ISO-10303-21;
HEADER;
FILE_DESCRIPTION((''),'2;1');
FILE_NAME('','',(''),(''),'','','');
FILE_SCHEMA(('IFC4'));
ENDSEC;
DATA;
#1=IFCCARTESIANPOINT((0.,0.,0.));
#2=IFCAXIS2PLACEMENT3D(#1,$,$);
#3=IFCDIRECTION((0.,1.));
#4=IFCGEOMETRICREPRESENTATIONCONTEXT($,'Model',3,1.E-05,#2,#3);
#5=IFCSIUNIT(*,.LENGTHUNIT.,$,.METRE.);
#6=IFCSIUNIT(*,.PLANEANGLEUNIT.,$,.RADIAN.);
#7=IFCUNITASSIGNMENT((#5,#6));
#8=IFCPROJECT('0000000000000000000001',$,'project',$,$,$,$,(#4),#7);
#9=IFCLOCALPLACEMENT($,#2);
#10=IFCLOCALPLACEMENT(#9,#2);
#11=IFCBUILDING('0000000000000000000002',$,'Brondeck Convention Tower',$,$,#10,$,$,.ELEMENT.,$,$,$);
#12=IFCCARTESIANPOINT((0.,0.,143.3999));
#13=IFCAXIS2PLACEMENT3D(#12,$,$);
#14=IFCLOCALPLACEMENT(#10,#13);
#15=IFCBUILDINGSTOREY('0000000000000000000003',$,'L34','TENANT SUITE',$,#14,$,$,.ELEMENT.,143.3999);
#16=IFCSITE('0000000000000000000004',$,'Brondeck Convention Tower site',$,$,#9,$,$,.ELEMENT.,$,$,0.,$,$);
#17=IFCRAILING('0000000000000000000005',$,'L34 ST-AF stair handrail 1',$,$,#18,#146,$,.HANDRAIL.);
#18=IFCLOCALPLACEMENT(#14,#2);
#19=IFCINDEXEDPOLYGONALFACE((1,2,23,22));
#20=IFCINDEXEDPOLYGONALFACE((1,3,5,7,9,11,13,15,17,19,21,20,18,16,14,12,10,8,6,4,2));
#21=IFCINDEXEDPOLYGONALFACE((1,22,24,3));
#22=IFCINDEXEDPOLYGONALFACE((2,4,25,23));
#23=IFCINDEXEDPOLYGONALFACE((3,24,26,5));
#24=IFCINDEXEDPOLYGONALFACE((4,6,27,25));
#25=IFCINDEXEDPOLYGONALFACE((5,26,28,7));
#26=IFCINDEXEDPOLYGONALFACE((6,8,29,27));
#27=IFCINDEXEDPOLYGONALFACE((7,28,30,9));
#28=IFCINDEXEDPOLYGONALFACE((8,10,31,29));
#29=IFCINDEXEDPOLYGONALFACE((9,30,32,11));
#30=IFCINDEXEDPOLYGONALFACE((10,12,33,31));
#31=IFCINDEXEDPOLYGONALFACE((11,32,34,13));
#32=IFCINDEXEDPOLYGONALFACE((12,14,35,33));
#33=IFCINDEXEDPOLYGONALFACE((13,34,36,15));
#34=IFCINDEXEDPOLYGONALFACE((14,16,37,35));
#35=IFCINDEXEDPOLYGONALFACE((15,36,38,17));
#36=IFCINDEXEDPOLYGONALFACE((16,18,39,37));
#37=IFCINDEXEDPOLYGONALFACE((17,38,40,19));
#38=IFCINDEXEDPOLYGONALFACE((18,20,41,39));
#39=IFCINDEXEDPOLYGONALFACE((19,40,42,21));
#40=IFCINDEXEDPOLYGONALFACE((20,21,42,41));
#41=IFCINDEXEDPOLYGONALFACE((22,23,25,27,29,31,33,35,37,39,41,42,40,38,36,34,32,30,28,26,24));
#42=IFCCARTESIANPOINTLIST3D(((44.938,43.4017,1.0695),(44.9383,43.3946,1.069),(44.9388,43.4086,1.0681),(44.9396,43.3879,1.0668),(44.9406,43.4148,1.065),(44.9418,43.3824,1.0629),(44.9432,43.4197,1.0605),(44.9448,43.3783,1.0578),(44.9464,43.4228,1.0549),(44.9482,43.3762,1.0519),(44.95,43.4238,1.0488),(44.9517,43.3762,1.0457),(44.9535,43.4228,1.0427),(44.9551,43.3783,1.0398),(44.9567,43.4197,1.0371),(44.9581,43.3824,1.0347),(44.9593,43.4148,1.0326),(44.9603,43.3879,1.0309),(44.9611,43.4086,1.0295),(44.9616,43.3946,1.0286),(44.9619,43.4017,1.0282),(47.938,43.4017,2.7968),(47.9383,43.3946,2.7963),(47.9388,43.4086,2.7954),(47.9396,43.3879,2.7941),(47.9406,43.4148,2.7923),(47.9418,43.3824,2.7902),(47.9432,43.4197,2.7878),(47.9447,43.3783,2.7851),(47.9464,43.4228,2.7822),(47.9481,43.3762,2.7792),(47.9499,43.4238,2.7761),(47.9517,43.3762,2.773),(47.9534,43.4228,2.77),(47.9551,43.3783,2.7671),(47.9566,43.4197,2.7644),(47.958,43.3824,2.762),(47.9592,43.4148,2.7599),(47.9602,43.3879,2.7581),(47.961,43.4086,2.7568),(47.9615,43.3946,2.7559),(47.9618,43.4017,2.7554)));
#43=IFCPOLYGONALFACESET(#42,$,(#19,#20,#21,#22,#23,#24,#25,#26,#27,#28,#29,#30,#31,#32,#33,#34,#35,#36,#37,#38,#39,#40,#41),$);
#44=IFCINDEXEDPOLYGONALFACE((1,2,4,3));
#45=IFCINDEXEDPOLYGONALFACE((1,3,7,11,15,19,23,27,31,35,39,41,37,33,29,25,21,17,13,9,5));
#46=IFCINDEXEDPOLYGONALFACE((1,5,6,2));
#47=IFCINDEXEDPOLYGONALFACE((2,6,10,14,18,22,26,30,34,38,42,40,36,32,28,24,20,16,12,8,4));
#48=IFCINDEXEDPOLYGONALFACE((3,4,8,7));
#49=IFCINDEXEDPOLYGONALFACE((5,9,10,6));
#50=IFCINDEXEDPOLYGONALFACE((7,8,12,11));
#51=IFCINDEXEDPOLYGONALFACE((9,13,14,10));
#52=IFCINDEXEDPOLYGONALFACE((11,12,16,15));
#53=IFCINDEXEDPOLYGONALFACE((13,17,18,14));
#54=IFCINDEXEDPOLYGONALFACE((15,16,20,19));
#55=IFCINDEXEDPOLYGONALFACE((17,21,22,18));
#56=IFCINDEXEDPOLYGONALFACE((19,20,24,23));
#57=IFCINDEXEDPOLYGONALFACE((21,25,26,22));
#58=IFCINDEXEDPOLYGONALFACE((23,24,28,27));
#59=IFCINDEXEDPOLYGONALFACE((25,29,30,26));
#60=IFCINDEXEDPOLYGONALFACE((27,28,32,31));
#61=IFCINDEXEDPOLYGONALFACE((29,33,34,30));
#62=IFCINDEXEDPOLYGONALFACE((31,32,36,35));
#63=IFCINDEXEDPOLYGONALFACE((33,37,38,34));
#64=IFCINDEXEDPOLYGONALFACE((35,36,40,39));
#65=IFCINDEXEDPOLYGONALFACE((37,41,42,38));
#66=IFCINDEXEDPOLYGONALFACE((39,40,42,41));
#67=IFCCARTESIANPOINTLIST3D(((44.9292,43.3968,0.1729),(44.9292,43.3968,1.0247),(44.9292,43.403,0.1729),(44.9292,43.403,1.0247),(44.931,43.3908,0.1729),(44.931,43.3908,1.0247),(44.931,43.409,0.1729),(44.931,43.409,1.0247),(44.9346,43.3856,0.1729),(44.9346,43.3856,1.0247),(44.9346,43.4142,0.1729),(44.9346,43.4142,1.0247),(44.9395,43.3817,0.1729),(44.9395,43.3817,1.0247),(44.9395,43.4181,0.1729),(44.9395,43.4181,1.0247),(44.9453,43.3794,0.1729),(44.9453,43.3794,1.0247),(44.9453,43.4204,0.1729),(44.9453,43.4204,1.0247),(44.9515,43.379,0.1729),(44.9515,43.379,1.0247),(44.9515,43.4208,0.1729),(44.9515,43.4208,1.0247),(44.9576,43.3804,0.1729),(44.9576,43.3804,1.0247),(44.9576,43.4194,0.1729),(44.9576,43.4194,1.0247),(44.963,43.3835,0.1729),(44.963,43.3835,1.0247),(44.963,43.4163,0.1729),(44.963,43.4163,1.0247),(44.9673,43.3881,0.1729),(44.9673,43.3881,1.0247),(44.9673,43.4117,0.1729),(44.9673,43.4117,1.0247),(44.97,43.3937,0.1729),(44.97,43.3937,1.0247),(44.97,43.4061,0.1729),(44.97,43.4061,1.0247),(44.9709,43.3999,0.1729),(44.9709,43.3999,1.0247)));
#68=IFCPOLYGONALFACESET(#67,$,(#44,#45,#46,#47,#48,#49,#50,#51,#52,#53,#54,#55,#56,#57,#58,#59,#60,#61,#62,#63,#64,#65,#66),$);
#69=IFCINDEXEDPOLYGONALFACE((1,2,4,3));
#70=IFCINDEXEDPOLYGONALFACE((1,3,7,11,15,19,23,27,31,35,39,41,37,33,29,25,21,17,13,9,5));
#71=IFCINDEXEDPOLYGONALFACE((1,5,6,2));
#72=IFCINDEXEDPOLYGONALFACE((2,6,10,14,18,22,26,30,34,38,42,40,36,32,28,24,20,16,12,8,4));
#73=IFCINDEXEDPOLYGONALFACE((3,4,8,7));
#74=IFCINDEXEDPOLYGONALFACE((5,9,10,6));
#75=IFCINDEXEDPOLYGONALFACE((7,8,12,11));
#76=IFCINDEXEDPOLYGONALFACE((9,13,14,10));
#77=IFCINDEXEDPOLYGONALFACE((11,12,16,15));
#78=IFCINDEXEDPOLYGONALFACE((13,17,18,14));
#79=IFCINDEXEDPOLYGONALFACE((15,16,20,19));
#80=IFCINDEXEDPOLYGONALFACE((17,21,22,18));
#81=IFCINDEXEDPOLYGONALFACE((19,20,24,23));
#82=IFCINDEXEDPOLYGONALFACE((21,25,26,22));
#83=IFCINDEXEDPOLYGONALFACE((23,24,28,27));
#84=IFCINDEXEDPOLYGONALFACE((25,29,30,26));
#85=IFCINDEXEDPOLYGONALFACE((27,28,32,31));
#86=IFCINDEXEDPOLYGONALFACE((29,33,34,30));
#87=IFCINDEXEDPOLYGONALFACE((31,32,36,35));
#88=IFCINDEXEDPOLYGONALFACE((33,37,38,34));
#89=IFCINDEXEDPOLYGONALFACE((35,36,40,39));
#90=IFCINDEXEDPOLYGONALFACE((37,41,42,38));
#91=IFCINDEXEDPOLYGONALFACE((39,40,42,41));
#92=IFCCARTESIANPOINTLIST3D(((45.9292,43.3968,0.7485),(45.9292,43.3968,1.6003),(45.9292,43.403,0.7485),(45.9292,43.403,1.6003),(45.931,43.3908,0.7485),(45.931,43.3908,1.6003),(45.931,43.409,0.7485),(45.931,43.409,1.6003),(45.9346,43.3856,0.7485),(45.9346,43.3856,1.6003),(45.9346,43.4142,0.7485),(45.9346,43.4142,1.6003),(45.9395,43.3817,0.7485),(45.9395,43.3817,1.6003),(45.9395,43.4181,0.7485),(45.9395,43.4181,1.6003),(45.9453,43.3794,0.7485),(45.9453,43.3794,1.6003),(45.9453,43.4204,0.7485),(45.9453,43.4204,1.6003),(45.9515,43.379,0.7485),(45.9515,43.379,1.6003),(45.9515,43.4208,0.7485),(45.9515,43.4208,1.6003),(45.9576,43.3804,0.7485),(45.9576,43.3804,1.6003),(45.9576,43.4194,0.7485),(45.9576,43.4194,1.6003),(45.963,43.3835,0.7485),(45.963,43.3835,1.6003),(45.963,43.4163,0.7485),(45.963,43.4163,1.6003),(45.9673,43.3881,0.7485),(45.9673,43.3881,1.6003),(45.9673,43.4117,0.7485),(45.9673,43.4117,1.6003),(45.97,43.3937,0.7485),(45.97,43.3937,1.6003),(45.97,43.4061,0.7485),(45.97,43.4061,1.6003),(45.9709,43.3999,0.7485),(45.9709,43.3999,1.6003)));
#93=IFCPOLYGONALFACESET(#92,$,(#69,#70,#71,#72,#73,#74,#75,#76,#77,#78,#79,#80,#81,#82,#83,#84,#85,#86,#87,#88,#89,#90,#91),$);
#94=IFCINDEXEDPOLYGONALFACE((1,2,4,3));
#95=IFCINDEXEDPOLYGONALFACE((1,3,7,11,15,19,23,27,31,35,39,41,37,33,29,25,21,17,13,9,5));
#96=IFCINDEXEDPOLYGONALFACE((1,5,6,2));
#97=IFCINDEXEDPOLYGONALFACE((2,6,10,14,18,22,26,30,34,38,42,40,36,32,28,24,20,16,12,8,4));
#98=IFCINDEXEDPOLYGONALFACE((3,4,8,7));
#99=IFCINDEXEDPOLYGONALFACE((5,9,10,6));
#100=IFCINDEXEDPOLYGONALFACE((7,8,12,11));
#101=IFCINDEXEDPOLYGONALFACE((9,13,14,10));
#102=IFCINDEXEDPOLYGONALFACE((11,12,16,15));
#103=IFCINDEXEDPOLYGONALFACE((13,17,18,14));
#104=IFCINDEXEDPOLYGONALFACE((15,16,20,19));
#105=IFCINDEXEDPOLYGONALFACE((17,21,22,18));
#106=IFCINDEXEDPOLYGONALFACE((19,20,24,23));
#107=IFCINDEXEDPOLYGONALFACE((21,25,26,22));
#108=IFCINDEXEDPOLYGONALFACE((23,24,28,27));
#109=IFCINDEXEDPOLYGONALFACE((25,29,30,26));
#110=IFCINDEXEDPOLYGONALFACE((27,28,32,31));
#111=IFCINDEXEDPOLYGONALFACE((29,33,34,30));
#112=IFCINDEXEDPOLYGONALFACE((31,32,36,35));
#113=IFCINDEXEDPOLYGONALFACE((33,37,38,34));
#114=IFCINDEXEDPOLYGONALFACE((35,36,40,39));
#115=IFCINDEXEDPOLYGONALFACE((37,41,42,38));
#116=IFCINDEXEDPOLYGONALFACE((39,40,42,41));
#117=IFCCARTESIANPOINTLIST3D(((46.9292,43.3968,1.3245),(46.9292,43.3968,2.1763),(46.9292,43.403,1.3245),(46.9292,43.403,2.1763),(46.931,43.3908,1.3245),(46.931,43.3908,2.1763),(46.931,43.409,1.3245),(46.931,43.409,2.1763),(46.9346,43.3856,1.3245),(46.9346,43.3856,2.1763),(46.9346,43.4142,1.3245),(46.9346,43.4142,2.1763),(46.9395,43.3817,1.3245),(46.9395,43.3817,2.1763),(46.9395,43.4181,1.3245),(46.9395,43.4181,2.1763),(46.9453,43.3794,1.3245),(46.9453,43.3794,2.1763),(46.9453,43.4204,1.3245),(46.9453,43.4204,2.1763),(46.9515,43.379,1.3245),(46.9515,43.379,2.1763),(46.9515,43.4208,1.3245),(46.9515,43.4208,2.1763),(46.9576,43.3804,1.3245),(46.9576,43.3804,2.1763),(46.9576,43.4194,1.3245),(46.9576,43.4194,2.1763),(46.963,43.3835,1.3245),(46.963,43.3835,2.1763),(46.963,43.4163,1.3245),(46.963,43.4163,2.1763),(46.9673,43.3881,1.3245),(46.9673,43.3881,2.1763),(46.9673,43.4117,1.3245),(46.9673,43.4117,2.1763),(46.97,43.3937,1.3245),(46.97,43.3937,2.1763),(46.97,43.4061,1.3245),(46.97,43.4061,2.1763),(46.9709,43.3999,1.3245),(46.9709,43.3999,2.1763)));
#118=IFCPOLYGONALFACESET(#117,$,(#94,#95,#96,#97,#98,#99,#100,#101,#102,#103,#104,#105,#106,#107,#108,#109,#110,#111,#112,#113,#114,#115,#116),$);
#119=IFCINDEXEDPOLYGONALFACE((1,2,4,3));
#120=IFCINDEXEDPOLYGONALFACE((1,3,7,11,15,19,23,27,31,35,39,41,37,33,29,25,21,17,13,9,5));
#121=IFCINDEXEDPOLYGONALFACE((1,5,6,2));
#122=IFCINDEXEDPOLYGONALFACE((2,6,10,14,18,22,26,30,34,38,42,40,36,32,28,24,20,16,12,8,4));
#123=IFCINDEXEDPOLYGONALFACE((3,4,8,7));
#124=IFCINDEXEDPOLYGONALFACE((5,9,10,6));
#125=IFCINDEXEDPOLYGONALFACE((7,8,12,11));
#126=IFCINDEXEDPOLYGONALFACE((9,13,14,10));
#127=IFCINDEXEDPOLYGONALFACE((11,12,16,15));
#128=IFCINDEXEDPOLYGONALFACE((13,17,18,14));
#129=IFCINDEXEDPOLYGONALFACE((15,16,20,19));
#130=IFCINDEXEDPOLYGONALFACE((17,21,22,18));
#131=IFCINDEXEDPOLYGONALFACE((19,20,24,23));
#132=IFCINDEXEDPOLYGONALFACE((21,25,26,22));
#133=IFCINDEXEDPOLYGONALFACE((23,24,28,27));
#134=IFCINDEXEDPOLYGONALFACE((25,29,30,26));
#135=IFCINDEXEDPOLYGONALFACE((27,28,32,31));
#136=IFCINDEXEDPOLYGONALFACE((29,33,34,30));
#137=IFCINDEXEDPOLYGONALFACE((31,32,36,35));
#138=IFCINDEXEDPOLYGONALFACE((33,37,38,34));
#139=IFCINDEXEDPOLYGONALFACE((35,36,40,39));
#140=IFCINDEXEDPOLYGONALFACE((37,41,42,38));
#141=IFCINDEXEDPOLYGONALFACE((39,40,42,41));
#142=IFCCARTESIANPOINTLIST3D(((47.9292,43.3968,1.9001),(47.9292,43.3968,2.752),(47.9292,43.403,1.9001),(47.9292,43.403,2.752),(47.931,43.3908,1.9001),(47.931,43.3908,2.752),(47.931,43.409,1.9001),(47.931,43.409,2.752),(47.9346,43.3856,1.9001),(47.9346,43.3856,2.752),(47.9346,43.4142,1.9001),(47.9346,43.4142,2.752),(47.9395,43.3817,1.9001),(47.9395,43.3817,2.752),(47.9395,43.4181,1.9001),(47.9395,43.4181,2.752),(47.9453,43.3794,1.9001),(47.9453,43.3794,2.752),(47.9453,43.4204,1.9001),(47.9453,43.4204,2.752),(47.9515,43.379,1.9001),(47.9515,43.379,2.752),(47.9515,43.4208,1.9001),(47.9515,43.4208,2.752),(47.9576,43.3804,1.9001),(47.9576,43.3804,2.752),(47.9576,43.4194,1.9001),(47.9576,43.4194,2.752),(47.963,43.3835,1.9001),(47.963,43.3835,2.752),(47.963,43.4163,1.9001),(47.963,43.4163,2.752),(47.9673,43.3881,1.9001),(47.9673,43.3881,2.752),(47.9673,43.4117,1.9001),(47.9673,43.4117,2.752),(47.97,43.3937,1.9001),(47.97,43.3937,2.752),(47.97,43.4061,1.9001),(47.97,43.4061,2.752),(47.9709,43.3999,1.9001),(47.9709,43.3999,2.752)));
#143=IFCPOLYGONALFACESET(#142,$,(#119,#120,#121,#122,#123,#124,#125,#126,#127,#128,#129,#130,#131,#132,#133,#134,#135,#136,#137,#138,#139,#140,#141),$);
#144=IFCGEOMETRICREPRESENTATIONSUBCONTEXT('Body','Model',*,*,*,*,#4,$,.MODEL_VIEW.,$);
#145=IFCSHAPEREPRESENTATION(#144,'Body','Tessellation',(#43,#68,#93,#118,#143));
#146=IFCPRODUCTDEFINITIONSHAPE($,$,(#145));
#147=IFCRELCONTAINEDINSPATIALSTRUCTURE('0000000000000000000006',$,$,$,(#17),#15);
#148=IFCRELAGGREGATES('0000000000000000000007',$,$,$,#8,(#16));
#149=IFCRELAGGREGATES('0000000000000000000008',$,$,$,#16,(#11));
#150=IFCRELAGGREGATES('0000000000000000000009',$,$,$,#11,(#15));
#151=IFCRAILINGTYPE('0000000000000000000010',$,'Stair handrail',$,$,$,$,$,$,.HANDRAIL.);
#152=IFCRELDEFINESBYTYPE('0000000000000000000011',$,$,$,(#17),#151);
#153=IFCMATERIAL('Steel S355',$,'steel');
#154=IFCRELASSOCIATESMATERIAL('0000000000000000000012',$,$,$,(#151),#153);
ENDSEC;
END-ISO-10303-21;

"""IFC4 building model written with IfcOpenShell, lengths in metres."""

from ifc_helpers import new_model, si_unit, direction, frame, origin, origin_2d, place, context, subcontext, project, spatial, circle, extrude, material, type_object, element, save


model = new_model("IFC4")

# Units and contexts
model_context = context("Model", 3, precision=1e-05, world=origin(), true_north=direction((0.0, 1.0)))
body_context = subcontext(model_context, "Body", "Model", "MODEL_VIEW")
ifc_project = project(units=[si_unit("LENGTHUNIT", "METRE"), si_unit("PLANEANGLEUNIT", "RADIAN")], contexts=[model_context])

# Site, building, storey
site_placement = place(None, origin())
site = spatial("IfcSite", under=ifc_project, at=site_placement, Name="Brondeck Convention Tower site", CompositionType="ELEMENT", RefElevation=0.0)
building_placement = place(site_placement, origin())
building = spatial("IfcBuilding", under=site, at=building_placement, Name="Brondeck Convention Tower", CompositionType="ELEMENT")
storey_placement = place(building_placement, frame((0.0, 0.0, 143.3999)))
storey = spatial("IfcBuildingStorey", under=building, at=storey_placement, Name="L34", Description="TENANT SUITE", CompositionType="ELEMENT", Elevation=143.3999)

# Shared definitions
ifc_material_1 = material(Name="Steel S355", Category="steel")

# Railing
railing_type_1 = type_object("IfcRailingType", Name="Stair handrail", PredefinedType="HANDRAIL", material=ifc_material_1)
railing_1_placement = place(storey_placement, frame((44.95, 43.3999, 0.1729)))
element("IfcRailing", 1, at=railing_1_placement, inside=storey, type_object=railing_type_1, Name="L34 ST-AF stair handrail 1", PredefinedType="HANDRAIL", context=body_context, shape_type="SweptSolid", body=[
    extrude(circle(Radius=0.0239, at=origin_2d()), frame((0.0, 0.0, 0.876), z_axis=(0.86662, 0.0, 0.498969), x_axis=(0.0, 1.0, 0.0)), (0.0, 0.0, 1.0), 3.4617),
    extrude(circle(Radius=0.021, at=origin_2d()), origin(), (0.0, 0.0, 1.0), 0.8518),
    extrude(circle(Radius=0.021, at=origin_2d()), frame((1.0, 0.0, 0.5757)), (0.0, 0.0, 1.0), 0.8518),
    extrude(circle(Radius=0.021, at=origin_2d()), frame((2.0, 0.0, 1.1516)), (0.0, 0.0, 1.0), 0.8518),
    extrude(circle(Radius=0.021, at=origin_2d()), frame((3.0, 0.0, 1.7273)), (0.0, 0.0, 1.0), 0.8518),
])

save(model, "model.ifc")
